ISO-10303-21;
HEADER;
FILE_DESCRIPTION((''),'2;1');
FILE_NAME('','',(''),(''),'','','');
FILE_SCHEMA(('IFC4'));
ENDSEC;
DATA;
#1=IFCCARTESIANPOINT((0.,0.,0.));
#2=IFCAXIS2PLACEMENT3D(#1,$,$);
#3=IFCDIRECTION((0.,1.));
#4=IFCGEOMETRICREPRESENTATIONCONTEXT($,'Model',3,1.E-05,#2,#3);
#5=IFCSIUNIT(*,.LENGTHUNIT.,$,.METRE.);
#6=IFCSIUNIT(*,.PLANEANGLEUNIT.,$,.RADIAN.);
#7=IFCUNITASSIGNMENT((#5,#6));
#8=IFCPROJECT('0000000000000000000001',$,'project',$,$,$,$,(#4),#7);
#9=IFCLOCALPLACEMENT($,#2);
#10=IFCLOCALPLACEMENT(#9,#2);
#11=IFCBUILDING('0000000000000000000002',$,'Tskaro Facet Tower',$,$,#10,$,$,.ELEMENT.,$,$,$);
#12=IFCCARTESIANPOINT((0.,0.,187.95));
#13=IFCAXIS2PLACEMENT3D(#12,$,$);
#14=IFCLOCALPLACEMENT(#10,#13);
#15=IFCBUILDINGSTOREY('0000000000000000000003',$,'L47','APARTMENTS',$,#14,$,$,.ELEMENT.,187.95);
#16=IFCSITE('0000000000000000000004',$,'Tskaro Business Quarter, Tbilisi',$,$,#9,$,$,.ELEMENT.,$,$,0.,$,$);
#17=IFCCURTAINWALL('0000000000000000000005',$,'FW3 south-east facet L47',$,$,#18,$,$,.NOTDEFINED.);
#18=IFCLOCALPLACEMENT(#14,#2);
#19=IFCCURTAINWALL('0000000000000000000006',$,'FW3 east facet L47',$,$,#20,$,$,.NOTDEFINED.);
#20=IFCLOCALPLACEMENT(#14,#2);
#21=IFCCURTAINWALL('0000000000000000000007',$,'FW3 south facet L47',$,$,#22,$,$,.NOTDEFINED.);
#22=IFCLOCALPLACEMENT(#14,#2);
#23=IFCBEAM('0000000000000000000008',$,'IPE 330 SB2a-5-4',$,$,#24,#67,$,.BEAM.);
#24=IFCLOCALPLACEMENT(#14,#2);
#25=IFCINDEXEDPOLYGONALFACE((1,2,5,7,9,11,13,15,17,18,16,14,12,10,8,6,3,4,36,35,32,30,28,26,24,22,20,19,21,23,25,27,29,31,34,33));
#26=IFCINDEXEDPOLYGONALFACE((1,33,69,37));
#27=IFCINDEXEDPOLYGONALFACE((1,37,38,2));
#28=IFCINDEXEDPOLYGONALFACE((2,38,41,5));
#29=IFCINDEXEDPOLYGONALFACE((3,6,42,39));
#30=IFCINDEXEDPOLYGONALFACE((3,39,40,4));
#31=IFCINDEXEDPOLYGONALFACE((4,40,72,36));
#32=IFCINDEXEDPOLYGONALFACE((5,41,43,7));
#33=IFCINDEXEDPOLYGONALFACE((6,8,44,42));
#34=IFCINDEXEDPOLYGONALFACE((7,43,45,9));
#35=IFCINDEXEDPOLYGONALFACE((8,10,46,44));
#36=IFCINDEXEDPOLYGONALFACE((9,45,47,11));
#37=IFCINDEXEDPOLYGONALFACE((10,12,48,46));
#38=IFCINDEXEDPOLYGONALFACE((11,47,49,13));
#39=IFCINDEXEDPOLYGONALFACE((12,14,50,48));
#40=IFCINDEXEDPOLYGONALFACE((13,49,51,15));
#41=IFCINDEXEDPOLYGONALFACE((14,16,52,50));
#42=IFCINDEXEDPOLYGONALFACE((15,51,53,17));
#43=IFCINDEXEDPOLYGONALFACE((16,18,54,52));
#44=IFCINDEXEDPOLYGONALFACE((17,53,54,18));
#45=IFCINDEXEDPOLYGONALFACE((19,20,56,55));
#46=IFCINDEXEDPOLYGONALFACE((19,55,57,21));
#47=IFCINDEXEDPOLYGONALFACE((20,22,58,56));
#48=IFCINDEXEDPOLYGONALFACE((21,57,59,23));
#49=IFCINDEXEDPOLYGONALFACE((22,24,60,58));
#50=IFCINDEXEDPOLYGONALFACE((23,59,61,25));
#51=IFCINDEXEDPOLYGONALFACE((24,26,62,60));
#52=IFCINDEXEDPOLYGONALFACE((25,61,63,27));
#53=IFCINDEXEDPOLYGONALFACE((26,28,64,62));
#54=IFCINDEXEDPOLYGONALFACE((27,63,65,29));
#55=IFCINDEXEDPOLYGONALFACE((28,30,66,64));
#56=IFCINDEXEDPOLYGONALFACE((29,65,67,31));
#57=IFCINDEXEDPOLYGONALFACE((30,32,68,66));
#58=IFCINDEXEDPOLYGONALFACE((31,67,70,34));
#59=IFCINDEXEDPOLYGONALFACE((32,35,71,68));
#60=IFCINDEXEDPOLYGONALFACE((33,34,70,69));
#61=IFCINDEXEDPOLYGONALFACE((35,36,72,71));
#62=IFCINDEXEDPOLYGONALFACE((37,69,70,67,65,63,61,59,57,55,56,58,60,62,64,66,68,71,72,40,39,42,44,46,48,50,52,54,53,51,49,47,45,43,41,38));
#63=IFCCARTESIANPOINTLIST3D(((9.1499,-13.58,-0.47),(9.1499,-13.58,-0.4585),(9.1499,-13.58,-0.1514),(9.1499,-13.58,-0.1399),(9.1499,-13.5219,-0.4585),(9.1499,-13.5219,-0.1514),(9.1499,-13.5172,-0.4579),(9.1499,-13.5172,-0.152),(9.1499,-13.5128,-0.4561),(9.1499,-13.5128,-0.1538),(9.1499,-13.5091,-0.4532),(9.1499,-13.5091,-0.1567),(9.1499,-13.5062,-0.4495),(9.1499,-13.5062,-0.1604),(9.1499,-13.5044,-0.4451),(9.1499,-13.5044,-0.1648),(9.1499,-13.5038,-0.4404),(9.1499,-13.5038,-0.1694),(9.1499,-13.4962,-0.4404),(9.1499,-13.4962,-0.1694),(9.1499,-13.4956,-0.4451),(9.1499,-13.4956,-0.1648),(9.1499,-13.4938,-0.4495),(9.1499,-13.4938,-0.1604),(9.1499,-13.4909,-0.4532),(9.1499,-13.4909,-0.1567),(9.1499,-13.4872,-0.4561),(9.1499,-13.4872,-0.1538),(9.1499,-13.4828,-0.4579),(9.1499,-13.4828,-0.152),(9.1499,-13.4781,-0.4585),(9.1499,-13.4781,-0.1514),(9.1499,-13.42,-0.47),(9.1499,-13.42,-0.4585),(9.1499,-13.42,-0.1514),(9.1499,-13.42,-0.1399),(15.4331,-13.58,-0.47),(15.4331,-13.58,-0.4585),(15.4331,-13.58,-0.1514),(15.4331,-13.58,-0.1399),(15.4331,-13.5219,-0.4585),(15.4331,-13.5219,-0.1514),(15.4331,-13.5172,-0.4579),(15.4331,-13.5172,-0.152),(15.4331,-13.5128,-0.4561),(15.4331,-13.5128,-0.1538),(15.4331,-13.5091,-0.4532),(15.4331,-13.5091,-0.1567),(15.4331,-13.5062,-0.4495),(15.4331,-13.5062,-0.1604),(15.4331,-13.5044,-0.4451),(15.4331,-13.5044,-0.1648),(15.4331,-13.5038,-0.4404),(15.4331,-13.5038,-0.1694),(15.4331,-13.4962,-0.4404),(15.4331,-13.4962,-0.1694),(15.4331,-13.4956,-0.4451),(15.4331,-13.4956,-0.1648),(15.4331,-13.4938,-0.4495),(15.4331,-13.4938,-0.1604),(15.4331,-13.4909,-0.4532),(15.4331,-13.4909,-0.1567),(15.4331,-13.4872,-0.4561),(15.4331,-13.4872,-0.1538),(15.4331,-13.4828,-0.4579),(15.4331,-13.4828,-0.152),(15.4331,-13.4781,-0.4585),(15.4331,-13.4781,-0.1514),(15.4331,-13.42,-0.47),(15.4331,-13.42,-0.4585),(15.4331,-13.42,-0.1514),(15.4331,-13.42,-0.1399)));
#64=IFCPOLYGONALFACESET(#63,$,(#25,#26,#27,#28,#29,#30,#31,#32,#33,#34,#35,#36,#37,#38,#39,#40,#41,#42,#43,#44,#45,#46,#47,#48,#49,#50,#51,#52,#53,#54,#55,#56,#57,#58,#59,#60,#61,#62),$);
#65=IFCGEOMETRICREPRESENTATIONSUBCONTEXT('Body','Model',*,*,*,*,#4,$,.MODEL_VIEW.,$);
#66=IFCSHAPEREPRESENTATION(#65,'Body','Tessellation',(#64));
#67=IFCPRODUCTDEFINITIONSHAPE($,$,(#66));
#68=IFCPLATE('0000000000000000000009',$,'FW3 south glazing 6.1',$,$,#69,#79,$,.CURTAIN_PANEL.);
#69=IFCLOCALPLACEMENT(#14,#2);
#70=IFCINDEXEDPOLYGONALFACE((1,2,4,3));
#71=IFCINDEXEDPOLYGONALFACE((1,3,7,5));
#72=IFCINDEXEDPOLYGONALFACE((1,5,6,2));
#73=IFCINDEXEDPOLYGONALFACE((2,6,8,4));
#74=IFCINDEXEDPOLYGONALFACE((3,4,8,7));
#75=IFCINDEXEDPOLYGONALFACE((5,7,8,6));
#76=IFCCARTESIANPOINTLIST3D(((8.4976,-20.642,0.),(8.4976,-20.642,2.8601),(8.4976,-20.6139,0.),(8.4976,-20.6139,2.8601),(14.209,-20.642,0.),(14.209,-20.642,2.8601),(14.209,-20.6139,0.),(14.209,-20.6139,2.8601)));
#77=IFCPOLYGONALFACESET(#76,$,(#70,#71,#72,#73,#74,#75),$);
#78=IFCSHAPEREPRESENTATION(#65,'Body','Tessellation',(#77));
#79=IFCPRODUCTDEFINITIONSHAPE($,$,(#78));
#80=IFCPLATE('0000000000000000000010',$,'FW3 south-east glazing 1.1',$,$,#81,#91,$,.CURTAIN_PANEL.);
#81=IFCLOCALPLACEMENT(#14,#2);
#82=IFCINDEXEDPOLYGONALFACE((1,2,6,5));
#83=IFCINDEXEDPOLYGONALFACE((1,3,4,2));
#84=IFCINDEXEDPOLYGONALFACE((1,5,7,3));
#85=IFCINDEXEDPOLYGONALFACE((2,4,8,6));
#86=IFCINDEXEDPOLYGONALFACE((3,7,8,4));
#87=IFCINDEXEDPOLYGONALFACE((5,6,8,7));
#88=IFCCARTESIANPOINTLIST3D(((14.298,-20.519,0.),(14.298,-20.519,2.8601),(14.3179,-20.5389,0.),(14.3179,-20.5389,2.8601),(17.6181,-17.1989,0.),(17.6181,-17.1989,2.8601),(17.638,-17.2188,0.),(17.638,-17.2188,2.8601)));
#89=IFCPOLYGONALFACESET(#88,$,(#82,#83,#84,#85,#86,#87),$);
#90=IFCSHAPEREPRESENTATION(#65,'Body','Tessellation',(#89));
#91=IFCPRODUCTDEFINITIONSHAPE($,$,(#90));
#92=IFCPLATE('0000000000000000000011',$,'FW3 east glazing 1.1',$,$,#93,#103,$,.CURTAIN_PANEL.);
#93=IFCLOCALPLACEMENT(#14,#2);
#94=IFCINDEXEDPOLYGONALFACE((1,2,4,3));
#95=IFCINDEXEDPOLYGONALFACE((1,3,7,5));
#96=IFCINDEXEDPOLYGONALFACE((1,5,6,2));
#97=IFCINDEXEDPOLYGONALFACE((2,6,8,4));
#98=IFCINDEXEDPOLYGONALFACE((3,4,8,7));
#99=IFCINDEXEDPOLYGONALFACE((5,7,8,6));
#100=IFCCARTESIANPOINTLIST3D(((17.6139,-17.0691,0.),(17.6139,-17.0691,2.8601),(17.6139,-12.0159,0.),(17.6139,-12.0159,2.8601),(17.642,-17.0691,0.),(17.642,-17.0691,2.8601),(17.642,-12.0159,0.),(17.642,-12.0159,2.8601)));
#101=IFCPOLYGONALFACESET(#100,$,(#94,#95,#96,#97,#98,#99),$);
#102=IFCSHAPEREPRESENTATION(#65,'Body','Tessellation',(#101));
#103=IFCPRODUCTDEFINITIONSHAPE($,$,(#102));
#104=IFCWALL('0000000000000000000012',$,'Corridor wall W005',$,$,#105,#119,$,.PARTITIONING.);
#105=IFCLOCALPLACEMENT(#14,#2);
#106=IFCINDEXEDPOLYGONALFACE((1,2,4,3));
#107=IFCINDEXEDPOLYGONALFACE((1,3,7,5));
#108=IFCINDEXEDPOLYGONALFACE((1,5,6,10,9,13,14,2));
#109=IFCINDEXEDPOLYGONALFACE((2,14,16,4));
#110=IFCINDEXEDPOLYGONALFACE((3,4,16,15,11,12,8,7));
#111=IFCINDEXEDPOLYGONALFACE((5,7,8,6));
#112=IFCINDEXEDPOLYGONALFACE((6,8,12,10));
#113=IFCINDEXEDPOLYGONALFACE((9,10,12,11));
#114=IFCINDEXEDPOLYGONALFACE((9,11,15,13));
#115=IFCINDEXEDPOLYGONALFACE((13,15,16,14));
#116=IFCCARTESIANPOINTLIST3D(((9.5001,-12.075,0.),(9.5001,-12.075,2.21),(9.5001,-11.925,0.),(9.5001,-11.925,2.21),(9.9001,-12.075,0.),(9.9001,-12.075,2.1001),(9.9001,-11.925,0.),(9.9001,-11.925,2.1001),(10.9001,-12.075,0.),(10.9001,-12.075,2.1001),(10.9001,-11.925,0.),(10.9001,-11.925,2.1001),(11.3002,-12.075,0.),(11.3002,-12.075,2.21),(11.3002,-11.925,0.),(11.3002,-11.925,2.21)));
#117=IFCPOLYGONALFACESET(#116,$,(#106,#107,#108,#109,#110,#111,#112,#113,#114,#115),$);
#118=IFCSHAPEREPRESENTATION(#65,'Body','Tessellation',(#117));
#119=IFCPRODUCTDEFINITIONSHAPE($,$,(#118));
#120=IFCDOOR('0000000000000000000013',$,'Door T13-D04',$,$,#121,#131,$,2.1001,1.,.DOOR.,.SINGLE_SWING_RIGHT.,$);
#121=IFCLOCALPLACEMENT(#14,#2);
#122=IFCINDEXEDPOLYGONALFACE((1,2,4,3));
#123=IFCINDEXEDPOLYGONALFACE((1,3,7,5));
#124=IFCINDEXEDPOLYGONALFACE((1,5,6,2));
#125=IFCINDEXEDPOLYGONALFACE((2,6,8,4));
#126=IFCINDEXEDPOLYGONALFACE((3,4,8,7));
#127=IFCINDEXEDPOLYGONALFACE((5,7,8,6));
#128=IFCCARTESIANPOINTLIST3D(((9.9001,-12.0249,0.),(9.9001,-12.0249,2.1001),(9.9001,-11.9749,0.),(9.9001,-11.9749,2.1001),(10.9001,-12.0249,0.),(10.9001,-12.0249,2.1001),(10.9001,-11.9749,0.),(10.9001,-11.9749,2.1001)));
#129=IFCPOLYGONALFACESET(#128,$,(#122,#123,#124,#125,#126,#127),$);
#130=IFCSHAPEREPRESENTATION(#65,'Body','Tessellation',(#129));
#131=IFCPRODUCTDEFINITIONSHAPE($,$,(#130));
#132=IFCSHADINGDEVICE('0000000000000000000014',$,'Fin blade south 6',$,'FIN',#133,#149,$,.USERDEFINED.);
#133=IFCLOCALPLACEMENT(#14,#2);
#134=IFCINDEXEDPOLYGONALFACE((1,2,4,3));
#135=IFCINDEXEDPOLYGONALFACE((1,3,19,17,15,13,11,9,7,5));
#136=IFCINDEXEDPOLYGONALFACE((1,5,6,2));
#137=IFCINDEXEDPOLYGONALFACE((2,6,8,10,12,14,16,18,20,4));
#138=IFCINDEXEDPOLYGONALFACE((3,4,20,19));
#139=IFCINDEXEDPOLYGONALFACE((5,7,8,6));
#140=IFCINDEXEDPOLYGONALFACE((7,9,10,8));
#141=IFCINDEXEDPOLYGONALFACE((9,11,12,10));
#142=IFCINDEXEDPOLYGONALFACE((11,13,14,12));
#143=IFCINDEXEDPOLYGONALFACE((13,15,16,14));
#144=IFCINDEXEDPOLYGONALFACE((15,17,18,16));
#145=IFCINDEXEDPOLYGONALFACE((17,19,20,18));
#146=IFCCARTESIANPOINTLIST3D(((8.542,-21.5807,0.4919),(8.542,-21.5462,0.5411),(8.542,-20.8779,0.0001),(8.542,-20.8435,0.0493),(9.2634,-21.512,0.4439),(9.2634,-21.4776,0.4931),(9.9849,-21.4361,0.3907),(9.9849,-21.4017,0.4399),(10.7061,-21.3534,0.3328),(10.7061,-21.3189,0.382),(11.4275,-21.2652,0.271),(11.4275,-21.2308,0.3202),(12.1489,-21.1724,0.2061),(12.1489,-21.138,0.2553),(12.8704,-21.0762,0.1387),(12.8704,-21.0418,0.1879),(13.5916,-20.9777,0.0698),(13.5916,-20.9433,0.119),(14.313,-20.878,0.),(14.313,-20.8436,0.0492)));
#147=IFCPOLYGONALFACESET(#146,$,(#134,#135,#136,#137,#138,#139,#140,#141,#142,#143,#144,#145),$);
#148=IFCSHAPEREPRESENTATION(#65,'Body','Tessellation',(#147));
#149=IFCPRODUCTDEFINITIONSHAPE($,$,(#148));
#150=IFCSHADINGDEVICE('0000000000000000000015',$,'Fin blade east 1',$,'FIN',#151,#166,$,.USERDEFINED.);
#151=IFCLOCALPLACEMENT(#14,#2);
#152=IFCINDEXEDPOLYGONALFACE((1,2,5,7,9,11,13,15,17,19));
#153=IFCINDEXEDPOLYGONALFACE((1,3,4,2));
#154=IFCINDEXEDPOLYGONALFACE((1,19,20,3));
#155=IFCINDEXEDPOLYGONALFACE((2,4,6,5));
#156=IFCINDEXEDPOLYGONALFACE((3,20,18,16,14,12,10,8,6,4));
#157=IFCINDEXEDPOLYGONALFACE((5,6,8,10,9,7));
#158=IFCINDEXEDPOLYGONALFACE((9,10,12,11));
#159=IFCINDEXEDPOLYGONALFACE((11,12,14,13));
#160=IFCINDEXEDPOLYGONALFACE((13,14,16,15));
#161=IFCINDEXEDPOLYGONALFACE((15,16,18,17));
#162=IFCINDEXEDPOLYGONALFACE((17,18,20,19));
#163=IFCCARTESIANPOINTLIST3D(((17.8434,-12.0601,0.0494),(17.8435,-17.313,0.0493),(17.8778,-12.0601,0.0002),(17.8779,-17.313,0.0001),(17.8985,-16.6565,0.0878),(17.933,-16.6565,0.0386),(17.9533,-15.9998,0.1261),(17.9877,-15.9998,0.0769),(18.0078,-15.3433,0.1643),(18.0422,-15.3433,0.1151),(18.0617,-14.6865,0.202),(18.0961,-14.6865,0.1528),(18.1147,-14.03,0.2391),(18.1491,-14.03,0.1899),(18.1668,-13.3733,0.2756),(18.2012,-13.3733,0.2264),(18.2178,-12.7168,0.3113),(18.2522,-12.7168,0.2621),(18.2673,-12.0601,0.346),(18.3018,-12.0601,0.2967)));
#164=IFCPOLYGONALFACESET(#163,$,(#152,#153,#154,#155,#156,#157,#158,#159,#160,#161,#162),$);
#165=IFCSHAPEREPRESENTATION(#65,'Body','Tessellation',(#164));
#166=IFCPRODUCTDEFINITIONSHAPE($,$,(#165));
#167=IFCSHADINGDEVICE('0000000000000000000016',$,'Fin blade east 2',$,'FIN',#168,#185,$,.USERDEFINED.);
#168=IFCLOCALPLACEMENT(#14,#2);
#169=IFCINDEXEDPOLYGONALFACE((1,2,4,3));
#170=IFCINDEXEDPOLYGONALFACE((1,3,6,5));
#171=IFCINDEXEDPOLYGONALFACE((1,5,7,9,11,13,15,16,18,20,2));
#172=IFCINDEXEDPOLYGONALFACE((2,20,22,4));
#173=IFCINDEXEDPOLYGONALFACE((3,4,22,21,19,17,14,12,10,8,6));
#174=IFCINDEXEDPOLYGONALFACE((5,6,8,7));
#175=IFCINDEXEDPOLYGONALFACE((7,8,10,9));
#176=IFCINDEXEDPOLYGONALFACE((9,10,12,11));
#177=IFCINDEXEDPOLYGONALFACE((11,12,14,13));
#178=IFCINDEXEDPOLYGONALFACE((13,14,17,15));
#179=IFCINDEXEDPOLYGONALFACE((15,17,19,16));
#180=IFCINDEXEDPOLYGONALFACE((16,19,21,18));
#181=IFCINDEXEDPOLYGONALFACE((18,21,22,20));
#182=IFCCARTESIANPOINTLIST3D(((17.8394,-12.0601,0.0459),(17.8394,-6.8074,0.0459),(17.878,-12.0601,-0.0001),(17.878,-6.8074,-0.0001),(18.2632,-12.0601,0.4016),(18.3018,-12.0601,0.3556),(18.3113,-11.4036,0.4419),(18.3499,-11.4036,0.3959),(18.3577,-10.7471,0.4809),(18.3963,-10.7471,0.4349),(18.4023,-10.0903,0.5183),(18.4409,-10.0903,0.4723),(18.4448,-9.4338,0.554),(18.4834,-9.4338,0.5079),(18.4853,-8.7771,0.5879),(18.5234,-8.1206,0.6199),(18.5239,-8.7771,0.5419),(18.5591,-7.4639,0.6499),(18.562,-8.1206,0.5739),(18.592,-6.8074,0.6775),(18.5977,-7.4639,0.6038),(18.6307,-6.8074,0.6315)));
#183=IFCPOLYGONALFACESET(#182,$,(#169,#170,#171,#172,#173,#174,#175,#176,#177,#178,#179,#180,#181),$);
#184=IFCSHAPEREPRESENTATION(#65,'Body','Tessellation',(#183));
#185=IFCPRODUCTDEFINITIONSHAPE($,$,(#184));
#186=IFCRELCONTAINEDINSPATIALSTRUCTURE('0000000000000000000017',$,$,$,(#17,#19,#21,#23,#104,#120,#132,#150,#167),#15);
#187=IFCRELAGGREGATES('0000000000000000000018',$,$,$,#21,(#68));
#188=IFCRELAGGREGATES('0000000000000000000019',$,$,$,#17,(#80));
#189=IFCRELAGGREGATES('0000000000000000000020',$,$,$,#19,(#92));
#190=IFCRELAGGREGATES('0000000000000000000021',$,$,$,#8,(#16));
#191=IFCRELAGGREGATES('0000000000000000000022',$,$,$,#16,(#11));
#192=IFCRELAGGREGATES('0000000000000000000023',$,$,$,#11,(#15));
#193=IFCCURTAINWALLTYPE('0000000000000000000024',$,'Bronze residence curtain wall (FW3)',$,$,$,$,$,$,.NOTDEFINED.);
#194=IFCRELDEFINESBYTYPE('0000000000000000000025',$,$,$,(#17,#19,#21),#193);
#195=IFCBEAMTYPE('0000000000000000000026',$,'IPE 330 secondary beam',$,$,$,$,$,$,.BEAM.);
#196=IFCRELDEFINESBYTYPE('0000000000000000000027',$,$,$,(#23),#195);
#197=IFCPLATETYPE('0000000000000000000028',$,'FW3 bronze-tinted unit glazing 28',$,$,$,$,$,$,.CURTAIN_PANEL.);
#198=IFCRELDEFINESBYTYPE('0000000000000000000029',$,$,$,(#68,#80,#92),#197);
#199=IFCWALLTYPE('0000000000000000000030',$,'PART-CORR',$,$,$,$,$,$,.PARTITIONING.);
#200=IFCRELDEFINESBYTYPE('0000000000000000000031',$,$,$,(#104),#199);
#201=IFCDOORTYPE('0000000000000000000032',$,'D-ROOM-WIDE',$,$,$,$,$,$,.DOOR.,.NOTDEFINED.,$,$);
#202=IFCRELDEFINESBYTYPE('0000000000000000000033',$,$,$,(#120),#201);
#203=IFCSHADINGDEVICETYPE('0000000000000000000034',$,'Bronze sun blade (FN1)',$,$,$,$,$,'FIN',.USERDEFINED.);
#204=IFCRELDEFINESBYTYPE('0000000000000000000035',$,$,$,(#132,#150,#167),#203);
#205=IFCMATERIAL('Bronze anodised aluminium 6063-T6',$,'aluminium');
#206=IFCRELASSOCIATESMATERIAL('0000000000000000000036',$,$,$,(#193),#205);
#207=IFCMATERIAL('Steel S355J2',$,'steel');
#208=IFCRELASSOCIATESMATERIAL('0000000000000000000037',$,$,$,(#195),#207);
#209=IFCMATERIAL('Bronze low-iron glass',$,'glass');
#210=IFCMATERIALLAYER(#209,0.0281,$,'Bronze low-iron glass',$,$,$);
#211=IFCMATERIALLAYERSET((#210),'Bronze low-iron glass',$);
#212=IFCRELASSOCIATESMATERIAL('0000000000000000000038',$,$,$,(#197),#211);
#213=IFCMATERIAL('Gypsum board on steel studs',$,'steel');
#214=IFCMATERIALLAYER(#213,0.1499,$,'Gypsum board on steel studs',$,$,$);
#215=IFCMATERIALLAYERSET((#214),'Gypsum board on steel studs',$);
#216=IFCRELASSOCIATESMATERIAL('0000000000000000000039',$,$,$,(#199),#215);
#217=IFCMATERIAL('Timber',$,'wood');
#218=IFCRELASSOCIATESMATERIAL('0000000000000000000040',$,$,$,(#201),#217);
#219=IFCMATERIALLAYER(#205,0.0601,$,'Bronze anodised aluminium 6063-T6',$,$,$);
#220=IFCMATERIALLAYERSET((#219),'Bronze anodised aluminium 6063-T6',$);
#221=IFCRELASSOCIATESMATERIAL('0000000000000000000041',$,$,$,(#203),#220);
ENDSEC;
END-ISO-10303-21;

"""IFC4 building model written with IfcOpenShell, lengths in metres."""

from ifc_helpers import new_model, si_unit, direction, frame, frame_2d, origin, origin_2d, place, context, subcontext, project, spatial, polyline, rectangle, i_section, outline, extrude, material, layer, layer_set, material_profile, profile_set, type_object, element, fill, aggregate, save


model = new_model("IFC4")

# Units and contexts
model_context = context("Model", 3, precision=1e-05, world=origin(), true_north=direction((0.0, 1.0)))
body_context = subcontext(model_context, "Body", "Model", "MODEL_VIEW")
ifc_project = project(units=[si_unit("LENGTHUNIT", "METRE"), si_unit("PLANEANGLEUNIT", "RADIAN")], contexts=[model_context])

# Site, building, storey
site_placement = place(None, origin())
site = spatial("IfcSite", under=ifc_project, at=site_placement, Name="Tskaro Business Quarter, Tbilisi", CompositionType="ELEMENT", RefElevation=0.0)
building_placement = place(site_placement, origin())
building = spatial("IfcBuilding", under=site, at=building_placement, Name="Tskaro Facet Tower", CompositionType="ELEMENT")
storey_placement = place(building_placement, frame((0.0, 0.0, 187.95)))
storey = spatial("IfcBuildingStorey", under=building, at=storey_placement, Name="L47", Description="APARTMENTS", CompositionType="ELEMENT", Elevation=187.95)

# Curtain walls
ifc_material_1 = material(Name="Bronze anodised aluminium 6063-T6", Category="aluminium")
curtain_wall_type = type_object("IfcCurtainWallType", Name="Bronze residence curtain wall (FW3)", PredefinedType="NOTDEFINED", material=ifc_material_1)
curtain_wall_1_placement = place(storey_placement, origin())
curtain_wall_1 = element("IfcCurtainWall", 1, at=curtain_wall_1_placement, inside=storey, type_object=curtain_wall_type, Name="FW3 south-east facet L47", PredefinedType="NOTDEFINED")
curtain_wall_2_placement = place(storey_placement, origin())
curtain_wall_2 = element("IfcCurtainWall", 2, at=curtain_wall_2_placement, inside=storey, type_object=curtain_wall_type, Name="FW3 east facet L47", PredefinedType="NOTDEFINED")
curtain_wall_3_placement = place(storey_placement, origin())
curtain_wall_3 = element("IfcCurtainWall", 3, at=curtain_wall_3_placement, inside=storey, type_object=curtain_wall_type, Name="FW3 south facet L47", PredefinedType="NOTDEFINED")

# Beam
ifc_material_2 = material(Name="Steel S355J2", Category="steel")
ifc_material_profile_1 = material_profile(ifc_material_2, i_section(OverallWidth=0.1599, OverallDepth=0.3301, WebThickness=0.0076, FlangeThickness=0.0115, FilletRadius=0.0181, at=origin_2d()), Name="IPE 330")
ifc_profile_set_1 = profile_set([ifc_material_profile_1], Name="Steel S355J2")
beam_type_1 = type_object("IfcBeamType", Name="IPE 330 secondary beam", PredefinedType="BEAM", material=ifc_profile_set_1)
beam_1_placement = place(storey_placement, frame((9.1499, -13.5, -0.3049), z_axis=(1.0, 0.0, 0.0), x_axis=(0.0, 1.0, 0.0)))
element("IfcBeam", 4, at=beam_1_placement, inside=storey, type_object=beam_type_1, Name="IPE 330 SB2a-5-4", PredefinedType="BEAM", context=body_context, shape_type="SweptSolid", body=[
    extrude(i_section(OverallWidth=0.1599, OverallDepth=0.3301, WebThickness=0.0076, FlangeThickness=0.0115, FilletRadius=0.0181, at=origin_2d()), origin(), (0.0, 0.0, 1.0), 6.2832),
])

# Plates
ifc_material_3 = material(Name="Bronze low-iron glass", Category="glass")
ifc_layer_1 = layer(ifc_material_3, 0.0281, Name="Bronze low-iron glass")
ifc_layer_set_1 = layer_set([ifc_layer_1], Name="Bronze low-iron glass")
plate_type = type_object("IfcPlateType", Name="FW3 bronze-tinted unit glazing 28", PredefinedType="CURTAIN_PANEL", material=ifc_layer_set_1)
plate_1_placement = place(storey_placement, frame((11.3533, -20.6279, 0.0), z_axis=(0.0, 0.0, 1.0), x_axis=(1.0, 0.0, 0.0)))
plate_1 = element("IfcPlate", 5, at=plate_1_placement, type_object=plate_type, Name="FW3 south glazing 6.1", PredefinedType="CURTAIN_PANEL", context=body_context, shape_type="SweptSolid", body=[
    extrude(rectangle(XDim=5.7114, YDim=0.0281, at=origin_2d()), origin(), (0.0, 0.0, 1.0), 2.8601),
])
aggregate(curtain_wall_3, [plate_1])
plate_2_placement = place(storey_placement, frame((15.968, -18.8689, 0.0), z_axis=(0.0, 0.0, 1.0), x_axis=(0.707107, 0.707107, 0.0)))
plate_2 = element("IfcPlate", 6, at=plate_2_placement, type_object=plate_type, Name="FW3 south-east glazing 1.1", PredefinedType="CURTAIN_PANEL", context=body_context, shape_type="SweptSolid", body=[
    extrude(rectangle(XDim=4.6953, YDim=0.0281, at=origin_2d()), origin(), (0.0, 0.0, 1.0), 2.8601),
])
aggregate(curtain_wall_1, [plate_2])
plate_3_placement = place(storey_placement, frame((17.6279, -14.5425, 0.0), z_axis=(0.0, 0.0, 1.0), x_axis=(0.0, 1.0, 0.0)))
plate_3 = element("IfcPlate", 7, at=plate_3_placement, type_object=plate_type, Name="FW3 east glazing 1.1", PredefinedType="CURTAIN_PANEL", context=body_context, shape_type="SweptSolid", body=[
    extrude(rectangle(XDim=5.0532, YDim=0.0281, at=origin_2d()), origin(), (0.0, 0.0, 1.0), 2.8601),
])
aggregate(curtain_wall_2, [plate_3])

# Wall, opening, door
ifc_material_4 = material(Name="Gypsum board on steel studs", Category="steel")
ifc_layer_2 = layer(ifc_material_4, 0.1499, Name="Gypsum board on steel studs")
ifc_layer_set_2 = layer_set([ifc_layer_2], Name="Gypsum board on steel studs")
wall_type = type_object("IfcWallType", Name="PART-CORR", PredefinedType="PARTITIONING", material=ifc_layer_set_2)
wall_placement = place(storey_placement, frame((11.3, -12.0, 0.0), z_axis=(0.0, 0.0, 1.0), x_axis=(-1.0, 0.0, 0.0)))
wall = element("IfcWall", 8, at=wall_placement, inside=storey, type_object=wall_type, Name="Corridor wall W005", PredefinedType="PARTITIONING", context=body_context, shape_type="SweptSolid", body=[
    extrude(rectangle(XDim=1.8, YDim=0.1499, at=frame_2d((0.8999, 0.0))), origin(), (0.0, 0.0, 1.0), 2.21),
])
opening_placement = place(wall_placement, frame((0.3999, 0.0, 0.0)))
opening = element("IfcOpeningElement", 9, at=opening_placement, cuts=wall, PredefinedType="OPENING", context=body_context, shape_type="SweptSolid", body=[
    extrude(rectangle(XDim=1.0, YDim=2.1001, at=frame_2d((0.5, 1.05))), frame((0.0, 0.085, 0.0), z_axis=(0.0, -1.0, 0.0), x_axis=(1.0, 0.0, 0.0)), (0.0, 0.0, 1.0), 0.1699),
])
ifc_material_5 = material(Name="Timber", Category="wood")
door_type = type_object("IfcDoorType", Name="D-ROOM-WIDE", OperationType="NOTDEFINED", PredefinedType="DOOR", material=ifc_material_5)
door_placement = place(opening_placement, origin())
door = element("IfcDoor", 10, at=door_placement, inside=storey, type_object=door_type, Name="Door T13-D04", OperationType="SINGLE_SWING_RIGHT", OverallHeight=2.1001, OverallWidth=1.0, PredefinedType="DOOR", context=body_context, shape_type="SweptSolid", body=[
    extrude(rectangle(XDim=1.0, YDim=2.1001, at=frame_2d((0.5, 1.05))), frame((0.0, 0.0249, 0.0), z_axis=(0.0, -1.0, 0.0), x_axis=(1.0, 0.0, 0.0)), (0.0, 0.0, 1.0), 0.05),
])
fill(opening, door)

# Shading devices
ifc_layer_3 = layer(ifc_material_1, 0.0601, Name="Bronze anodised aluminium 6063-T6")
ifc_layer_set_3 = layer_set([ifc_layer_3], Name="Bronze anodised aluminium 6063-T6")
shading_device_type = type_object("IfcShadingDeviceType", Name="Bronze sun blade (FN1)", ElementType="FIN", PredefinedType="USERDEFINED", material=ifc_layer_set_3)
shading_device_1_placement = place(storey_placement, frame((8.542, -20.8435, 0.0493), z_axis=(0.000031, 0.573377, 0.819291), x_axis=(1.0, -0.000018, -0.000025)))
element("IfcShadingDevice", 11, at=shading_device_1_placement, inside=storey, type_object=shading_device_type, Name="Fin blade south 6", ObjectType="FIN", PredefinedType="USERDEFINED", context=body_context, shape_type="SweptSolid", body=[
    extrude(outline(polyline([(0.0, 0.0), (5.771, 0.0), (5.0496, -0.1217), (4.3284, -0.2419), (3.6069, -0.3594), (2.8855, -0.4726), (2.1641, -0.5802), (1.4429, -0.6812), (0.7214, -0.774), (0.0, -0.8577), (0.0, 0.0)])), origin(), (0.0, 0.0, -1.0), 0.0601),
])
shading_device_2_placement = place(storey_placement, frame((17.8435, -17.313, 0.0493), z_axis=(-0.573167, -0.000029, 0.819439), x_axis=(-0.000016, 1.0, 0.000024)))
element("IfcShadingDevice", 12, at=shading_device_2_placement, inside=storey, type_object=shading_device_type, Name="Fin blade east 1", ObjectType="FIN", PredefinedType="USERDEFINED", context=body_context, shape_type="SweptSolid", body=[
    extrude(outline(polyline([(0.0, 0.0), (5.2529, 0.0), (5.2529, -0.5173), (4.5962, -0.4568), (3.9397, -0.3946), (3.283, -0.331), (2.6265, -0.2663), (1.9697, -0.2005), (1.3132, -0.134), (0.6565, -0.0672), (0.0, 0.0)])), origin(), (0.0, 0.0, -1.0), 0.0601),
])
shading_device_3_placement = place(storey_placement, frame((17.8394, -12.0601, 0.0459), z_axis=(-0.642806, 0.000005, 0.766029), x_axis=(0.000003, 1.0, -0.000004)))
element("IfcShadingDevice", 13, at=shading_device_3_placement, inside=storey, type_object=shading_device_type, Name="Fin blade east 2", ObjectType="FIN", PredefinedType="USERDEFINED", context=body_context, shape_type="SweptSolid", body=[
    extrude(outline(polyline([(0.0, 0.0), (5.2527, 0.0), (5.2527, -0.9826), (4.5962, -0.9396), (3.9395, -0.893), (3.283, -0.8432), (2.6262, -0.7904), (1.9697, -0.7349), (1.313, -0.6767), (0.6565, -0.6161), (0.0, -0.5533), (0.0, 0.0)])), origin(), (0.0, 0.0, -1.0), 0.0601),
])

save(model, "model.ifc")
